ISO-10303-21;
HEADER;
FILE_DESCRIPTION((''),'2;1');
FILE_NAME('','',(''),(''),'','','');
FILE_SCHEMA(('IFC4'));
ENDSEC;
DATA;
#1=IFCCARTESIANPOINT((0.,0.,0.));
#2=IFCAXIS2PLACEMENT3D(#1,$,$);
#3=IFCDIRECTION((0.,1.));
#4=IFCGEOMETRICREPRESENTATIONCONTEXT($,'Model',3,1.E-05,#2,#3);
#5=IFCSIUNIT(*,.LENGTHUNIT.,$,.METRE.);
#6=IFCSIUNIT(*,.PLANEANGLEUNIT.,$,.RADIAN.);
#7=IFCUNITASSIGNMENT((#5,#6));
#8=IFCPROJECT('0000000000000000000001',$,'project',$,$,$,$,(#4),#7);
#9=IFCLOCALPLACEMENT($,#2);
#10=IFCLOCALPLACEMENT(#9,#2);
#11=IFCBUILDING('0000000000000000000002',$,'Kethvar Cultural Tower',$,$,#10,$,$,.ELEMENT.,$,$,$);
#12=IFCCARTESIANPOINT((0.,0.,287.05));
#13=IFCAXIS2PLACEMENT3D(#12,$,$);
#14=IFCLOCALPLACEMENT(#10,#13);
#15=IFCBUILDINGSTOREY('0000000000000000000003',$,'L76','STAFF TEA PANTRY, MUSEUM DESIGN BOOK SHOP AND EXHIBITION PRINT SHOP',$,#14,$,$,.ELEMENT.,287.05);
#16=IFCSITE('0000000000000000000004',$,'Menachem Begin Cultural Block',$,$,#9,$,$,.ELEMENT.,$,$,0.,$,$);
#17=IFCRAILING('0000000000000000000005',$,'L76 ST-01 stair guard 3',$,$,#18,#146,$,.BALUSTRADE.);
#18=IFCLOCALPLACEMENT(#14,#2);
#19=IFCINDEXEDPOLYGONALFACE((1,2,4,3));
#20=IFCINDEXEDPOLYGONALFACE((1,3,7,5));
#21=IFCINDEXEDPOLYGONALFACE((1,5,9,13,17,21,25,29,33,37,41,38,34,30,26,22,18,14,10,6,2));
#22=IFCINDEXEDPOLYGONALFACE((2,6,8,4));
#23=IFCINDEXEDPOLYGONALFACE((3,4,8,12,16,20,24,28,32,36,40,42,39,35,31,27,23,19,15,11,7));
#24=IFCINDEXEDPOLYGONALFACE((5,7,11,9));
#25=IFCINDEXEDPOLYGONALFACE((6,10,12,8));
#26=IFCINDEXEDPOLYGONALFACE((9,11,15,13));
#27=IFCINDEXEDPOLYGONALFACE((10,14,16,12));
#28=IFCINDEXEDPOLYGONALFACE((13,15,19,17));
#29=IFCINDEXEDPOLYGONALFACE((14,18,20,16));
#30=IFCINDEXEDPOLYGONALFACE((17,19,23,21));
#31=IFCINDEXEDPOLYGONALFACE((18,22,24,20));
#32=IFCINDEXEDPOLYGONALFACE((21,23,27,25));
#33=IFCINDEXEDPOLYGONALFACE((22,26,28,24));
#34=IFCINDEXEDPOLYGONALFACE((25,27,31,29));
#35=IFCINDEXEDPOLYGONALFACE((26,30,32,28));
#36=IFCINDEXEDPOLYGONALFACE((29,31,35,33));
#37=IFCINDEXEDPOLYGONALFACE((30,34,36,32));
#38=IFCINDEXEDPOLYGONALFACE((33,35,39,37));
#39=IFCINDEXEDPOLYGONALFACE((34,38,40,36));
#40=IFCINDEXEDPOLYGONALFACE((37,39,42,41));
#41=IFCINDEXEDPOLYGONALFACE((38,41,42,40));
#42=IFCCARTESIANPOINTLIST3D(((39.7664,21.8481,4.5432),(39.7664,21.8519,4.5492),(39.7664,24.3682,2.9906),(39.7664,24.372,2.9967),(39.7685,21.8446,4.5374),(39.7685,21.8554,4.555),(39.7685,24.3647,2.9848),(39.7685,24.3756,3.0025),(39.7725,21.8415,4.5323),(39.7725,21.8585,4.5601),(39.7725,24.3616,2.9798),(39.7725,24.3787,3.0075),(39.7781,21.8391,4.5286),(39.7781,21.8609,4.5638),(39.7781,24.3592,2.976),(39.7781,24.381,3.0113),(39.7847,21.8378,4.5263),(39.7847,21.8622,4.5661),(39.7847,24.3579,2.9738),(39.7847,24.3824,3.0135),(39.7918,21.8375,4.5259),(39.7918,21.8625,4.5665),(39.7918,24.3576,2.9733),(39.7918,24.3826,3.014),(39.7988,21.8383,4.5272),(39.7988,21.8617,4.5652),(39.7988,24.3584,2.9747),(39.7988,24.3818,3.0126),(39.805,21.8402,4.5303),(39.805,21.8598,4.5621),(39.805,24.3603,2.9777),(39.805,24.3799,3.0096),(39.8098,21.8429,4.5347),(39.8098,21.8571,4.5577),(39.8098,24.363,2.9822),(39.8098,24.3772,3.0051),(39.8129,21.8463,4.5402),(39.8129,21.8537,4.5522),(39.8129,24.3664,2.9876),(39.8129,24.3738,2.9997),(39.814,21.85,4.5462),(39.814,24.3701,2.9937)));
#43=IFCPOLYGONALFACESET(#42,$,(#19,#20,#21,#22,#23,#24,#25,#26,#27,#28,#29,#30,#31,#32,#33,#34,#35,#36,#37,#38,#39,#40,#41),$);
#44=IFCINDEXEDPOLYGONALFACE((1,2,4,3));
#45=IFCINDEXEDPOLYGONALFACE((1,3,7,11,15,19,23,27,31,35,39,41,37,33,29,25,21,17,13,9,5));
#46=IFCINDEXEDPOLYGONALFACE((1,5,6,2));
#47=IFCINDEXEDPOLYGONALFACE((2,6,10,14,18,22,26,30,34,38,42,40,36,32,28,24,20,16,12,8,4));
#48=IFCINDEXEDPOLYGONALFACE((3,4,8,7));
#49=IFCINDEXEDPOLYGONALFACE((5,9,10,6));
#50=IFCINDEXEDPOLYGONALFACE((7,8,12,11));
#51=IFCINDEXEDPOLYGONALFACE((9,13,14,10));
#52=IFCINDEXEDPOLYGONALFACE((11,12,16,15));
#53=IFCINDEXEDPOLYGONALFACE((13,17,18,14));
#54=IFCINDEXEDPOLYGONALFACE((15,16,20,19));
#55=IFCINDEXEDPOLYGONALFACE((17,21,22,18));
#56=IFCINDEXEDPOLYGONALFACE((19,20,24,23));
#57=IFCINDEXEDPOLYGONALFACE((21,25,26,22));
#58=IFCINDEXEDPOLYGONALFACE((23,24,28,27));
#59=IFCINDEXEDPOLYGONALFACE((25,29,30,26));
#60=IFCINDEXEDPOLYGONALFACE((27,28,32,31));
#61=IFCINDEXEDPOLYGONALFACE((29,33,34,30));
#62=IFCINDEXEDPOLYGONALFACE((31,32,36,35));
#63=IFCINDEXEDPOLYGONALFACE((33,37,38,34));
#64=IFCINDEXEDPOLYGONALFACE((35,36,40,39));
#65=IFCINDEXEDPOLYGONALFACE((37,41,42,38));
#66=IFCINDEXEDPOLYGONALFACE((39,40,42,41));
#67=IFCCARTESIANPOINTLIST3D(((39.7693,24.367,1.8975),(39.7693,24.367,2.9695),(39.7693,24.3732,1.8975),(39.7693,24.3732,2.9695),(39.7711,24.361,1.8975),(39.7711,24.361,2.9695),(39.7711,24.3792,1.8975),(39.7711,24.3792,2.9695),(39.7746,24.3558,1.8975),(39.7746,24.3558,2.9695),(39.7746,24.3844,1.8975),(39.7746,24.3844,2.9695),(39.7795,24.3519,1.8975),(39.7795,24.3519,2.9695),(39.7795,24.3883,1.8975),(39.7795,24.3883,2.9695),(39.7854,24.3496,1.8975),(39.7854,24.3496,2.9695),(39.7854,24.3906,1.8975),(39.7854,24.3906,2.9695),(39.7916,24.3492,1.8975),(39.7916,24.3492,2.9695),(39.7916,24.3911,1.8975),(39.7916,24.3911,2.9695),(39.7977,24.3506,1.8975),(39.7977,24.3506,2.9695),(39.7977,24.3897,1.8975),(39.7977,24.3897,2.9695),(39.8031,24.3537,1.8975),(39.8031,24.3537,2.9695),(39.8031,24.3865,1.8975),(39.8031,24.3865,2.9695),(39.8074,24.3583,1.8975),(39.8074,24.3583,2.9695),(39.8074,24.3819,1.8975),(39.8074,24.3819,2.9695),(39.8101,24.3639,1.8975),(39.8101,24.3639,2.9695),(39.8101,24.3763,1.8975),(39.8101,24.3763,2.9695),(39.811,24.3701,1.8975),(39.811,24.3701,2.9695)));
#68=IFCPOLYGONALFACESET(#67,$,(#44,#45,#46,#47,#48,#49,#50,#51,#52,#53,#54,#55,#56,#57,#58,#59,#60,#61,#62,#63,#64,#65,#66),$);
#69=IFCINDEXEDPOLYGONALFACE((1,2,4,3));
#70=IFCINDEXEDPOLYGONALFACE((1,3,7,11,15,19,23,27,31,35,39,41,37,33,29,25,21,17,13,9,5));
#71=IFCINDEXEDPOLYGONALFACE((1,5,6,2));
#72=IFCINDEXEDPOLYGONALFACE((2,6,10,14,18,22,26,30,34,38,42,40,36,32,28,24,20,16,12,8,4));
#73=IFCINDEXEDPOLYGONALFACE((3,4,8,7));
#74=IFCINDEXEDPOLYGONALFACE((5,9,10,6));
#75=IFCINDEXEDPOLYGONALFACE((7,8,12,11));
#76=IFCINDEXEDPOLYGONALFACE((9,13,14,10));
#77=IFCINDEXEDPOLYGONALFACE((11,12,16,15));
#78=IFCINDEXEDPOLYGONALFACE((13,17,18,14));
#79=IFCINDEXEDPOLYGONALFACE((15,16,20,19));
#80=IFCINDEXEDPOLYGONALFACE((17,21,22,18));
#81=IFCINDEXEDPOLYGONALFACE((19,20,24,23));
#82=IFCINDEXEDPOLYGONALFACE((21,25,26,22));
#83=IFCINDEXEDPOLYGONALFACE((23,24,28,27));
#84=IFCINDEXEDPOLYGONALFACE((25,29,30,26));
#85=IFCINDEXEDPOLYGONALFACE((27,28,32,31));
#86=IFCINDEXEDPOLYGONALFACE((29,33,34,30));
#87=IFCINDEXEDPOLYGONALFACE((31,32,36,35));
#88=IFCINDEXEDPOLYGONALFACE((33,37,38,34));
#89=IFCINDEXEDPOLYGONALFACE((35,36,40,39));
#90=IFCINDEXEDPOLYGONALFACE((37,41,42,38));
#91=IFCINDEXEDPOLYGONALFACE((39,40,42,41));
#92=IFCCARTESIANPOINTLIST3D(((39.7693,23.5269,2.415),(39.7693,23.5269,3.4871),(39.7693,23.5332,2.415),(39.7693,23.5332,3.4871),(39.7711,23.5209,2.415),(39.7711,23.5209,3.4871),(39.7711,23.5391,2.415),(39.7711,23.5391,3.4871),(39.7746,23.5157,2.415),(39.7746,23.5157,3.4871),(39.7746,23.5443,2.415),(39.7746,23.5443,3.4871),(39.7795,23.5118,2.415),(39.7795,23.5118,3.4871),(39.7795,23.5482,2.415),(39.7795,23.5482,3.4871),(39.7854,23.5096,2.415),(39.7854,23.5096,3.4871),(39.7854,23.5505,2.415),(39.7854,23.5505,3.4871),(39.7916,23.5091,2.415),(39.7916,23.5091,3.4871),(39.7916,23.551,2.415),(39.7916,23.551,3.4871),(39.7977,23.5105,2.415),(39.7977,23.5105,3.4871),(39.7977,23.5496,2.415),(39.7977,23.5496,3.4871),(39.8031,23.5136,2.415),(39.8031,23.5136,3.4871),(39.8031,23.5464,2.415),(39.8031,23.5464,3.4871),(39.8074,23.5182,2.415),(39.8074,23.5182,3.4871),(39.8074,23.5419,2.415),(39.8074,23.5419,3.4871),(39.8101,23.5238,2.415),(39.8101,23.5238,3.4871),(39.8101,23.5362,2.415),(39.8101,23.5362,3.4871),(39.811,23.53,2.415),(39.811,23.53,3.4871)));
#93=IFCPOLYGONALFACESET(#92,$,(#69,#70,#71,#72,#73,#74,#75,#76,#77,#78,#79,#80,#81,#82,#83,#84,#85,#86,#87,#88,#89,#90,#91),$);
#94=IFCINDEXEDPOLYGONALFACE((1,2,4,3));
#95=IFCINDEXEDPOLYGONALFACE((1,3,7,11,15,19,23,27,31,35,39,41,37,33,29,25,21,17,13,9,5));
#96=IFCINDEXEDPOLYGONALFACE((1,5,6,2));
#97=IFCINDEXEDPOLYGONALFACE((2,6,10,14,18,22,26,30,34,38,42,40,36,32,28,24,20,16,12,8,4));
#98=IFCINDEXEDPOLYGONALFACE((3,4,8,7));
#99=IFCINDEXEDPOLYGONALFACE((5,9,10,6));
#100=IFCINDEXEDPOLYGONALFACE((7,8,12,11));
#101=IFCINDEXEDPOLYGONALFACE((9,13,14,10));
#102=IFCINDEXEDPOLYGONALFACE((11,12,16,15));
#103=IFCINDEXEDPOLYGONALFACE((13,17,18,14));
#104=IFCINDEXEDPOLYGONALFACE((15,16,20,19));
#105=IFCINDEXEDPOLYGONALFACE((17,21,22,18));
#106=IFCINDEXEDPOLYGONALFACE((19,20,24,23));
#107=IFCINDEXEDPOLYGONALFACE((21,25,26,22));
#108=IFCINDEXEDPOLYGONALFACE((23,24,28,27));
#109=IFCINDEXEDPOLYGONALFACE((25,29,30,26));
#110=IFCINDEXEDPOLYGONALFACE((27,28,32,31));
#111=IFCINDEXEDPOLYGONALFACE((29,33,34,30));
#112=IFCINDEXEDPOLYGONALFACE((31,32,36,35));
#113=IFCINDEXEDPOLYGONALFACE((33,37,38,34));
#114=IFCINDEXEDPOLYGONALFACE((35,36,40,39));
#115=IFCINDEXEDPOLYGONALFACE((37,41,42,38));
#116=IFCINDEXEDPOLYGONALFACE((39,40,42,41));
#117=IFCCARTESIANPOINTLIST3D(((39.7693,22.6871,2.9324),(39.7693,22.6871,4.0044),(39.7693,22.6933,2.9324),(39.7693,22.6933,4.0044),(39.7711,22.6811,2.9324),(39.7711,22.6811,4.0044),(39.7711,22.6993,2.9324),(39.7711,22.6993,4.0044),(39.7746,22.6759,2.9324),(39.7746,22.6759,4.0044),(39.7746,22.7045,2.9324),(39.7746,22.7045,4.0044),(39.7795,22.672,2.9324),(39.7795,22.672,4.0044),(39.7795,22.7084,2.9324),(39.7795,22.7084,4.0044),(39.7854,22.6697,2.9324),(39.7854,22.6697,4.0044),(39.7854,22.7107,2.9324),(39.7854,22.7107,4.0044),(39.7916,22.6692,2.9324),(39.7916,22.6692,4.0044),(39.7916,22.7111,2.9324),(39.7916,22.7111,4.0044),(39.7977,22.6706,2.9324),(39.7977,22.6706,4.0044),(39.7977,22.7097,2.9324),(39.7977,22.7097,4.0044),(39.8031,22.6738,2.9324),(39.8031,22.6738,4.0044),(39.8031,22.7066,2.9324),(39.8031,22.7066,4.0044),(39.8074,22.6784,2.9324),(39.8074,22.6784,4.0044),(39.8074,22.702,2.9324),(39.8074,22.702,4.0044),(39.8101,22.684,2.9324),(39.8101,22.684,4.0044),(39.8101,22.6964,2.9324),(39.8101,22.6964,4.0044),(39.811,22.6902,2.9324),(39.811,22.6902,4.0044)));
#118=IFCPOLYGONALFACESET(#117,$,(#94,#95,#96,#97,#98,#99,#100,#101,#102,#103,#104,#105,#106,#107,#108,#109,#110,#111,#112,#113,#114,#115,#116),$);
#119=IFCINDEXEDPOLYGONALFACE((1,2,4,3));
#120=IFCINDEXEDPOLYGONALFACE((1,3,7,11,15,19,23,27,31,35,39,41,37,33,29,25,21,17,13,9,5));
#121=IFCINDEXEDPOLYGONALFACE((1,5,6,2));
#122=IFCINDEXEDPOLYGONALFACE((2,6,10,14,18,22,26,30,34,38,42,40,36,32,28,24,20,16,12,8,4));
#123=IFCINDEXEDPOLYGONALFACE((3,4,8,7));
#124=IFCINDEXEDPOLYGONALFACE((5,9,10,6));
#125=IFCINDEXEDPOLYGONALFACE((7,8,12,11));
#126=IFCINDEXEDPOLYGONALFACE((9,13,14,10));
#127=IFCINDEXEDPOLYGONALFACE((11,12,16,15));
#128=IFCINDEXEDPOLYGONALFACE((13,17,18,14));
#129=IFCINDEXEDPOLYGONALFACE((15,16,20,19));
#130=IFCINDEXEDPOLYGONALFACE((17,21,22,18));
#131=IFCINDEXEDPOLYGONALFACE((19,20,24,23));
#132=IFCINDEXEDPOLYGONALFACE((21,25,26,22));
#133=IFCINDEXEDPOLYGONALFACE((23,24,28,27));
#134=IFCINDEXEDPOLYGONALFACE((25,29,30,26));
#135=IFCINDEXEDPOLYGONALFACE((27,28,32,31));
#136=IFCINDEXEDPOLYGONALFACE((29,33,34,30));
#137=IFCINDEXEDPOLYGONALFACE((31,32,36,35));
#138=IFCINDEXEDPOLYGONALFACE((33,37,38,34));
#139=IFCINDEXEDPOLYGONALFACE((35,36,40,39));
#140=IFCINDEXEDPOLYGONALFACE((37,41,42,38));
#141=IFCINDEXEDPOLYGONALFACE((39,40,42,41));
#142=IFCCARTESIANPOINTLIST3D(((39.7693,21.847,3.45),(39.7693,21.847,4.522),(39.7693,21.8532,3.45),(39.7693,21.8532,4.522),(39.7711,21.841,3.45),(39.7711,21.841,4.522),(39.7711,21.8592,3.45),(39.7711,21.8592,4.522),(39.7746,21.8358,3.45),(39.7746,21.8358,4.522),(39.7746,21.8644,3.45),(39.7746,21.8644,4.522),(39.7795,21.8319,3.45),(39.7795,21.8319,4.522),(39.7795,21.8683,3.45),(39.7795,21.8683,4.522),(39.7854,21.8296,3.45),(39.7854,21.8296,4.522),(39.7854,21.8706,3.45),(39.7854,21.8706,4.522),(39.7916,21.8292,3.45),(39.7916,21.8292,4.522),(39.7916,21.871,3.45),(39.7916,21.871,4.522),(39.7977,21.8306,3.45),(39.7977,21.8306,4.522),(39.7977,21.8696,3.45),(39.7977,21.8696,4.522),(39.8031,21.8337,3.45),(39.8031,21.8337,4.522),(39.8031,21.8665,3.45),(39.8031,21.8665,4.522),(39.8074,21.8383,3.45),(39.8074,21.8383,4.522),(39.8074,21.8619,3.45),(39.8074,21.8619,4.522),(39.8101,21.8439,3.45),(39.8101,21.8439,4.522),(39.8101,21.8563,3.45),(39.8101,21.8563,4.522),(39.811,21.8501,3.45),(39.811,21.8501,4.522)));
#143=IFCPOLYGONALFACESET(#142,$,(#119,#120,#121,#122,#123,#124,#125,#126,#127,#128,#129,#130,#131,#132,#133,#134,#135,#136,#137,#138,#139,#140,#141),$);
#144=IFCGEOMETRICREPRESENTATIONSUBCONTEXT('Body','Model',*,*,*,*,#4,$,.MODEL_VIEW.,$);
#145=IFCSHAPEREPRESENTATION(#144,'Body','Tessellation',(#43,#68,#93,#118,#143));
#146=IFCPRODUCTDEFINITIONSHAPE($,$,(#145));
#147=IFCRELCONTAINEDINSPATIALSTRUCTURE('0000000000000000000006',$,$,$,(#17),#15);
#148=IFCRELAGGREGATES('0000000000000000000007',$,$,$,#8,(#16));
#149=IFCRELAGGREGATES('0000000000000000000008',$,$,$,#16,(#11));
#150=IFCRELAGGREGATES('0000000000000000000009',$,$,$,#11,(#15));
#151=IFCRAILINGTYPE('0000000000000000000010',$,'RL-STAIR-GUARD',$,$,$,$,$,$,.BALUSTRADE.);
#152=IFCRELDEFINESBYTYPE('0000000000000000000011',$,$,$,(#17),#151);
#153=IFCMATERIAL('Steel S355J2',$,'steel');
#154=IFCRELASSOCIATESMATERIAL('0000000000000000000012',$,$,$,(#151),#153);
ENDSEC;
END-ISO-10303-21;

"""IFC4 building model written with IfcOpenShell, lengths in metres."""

from ifc_helpers import new_model, si_unit, direction, frame, origin, origin_2d, place, context, subcontext, project, spatial, circle, extrude, material, type_object, element, save


model = new_model("IFC4")

# Units and contexts
model_context = context("Model", 3, precision=1e-05, world=origin(), true_north=direction((0.0, 1.0)))
body_context = subcontext(model_context, "Body", "Model", "MODEL_VIEW")
ifc_project = project(units=[si_unit("LENGTHUNIT", "METRE"), si_unit("PLANEANGLEUNIT", "RADIAN")], contexts=[model_context])

# Site, building, storey
site_placement = place(None, origin())
site = spatial("IfcSite", under=ifc_project, at=site_placement, Name="Menachem Begin Cultural Block", CompositionType="ELEMENT", RefElevation=0.0)
building_placement = place(site_placement, origin())
building = spatial("IfcBuilding", under=site, at=building_placement, Name="Kethvar Cultural Tower", CompositionType="ELEMENT")
storey_placement = place(building_placement, frame((0.0, 0.0, 287.05)))
storey = spatial("IfcBuildingStorey", under=building, at=storey_placement, Name="L76", Description="STAFF TEA PANTRY, MUSEUM DESIGN BOOK SHOP AND EXHIBITION PRINT SHOP", CompositionType="ELEMENT", Elevation=287.05)

# Shared definitions
ifc_material_1 = material(Name="Steel S355J2", Category="steel")

# Railing
railing_type_1 = type_object("IfcRailingType", Name="RL-STAIR-GUARD", PredefinedType="BALUSTRADE", material=ifc_material_1)
railing_1_placement = place(storey_placement, frame((39.79, 24.3701, 1.8975)))
element("IfcRailing", 1, at=railing_1_placement, inside=storey, type_object=railing_type_1, Name="L76 ST-01 stair guard 3", PredefinedType="BALUSTRADE", context=body_context, shape_type="SweptSolid", body=[
    extrude(circle(Radius=0.0239, at=origin_2d()), frame((0.0, 0.0, 1.0962), z_axis=(0.0, -0.8514, 0.524516), x_axis=(1.0, 0.0, 0.0)), (0.0, 0.0, 1.0), 2.96),
    extrude(circle(Radius=0.021, at=origin_2d()), origin(), (0.0, 0.0, 1.0), 1.072),
    extrude(circle(Radius=0.021, at=origin_2d()), frame((0.0, -0.8401, 0.5176)), (0.0, 0.0, 1.0), 1.072),
    extrude(circle(Radius=0.021, at=origin_2d()), frame((0.0, -1.6799, 1.0349)), (0.0, 0.0, 1.0), 1.072),
    extrude(circle(Radius=0.021, at=origin_2d()), frame((0.0, -2.52, 1.5525)), (0.0, 0.0, 1.0), 1.072),
])

save(model, "model.ifc")
